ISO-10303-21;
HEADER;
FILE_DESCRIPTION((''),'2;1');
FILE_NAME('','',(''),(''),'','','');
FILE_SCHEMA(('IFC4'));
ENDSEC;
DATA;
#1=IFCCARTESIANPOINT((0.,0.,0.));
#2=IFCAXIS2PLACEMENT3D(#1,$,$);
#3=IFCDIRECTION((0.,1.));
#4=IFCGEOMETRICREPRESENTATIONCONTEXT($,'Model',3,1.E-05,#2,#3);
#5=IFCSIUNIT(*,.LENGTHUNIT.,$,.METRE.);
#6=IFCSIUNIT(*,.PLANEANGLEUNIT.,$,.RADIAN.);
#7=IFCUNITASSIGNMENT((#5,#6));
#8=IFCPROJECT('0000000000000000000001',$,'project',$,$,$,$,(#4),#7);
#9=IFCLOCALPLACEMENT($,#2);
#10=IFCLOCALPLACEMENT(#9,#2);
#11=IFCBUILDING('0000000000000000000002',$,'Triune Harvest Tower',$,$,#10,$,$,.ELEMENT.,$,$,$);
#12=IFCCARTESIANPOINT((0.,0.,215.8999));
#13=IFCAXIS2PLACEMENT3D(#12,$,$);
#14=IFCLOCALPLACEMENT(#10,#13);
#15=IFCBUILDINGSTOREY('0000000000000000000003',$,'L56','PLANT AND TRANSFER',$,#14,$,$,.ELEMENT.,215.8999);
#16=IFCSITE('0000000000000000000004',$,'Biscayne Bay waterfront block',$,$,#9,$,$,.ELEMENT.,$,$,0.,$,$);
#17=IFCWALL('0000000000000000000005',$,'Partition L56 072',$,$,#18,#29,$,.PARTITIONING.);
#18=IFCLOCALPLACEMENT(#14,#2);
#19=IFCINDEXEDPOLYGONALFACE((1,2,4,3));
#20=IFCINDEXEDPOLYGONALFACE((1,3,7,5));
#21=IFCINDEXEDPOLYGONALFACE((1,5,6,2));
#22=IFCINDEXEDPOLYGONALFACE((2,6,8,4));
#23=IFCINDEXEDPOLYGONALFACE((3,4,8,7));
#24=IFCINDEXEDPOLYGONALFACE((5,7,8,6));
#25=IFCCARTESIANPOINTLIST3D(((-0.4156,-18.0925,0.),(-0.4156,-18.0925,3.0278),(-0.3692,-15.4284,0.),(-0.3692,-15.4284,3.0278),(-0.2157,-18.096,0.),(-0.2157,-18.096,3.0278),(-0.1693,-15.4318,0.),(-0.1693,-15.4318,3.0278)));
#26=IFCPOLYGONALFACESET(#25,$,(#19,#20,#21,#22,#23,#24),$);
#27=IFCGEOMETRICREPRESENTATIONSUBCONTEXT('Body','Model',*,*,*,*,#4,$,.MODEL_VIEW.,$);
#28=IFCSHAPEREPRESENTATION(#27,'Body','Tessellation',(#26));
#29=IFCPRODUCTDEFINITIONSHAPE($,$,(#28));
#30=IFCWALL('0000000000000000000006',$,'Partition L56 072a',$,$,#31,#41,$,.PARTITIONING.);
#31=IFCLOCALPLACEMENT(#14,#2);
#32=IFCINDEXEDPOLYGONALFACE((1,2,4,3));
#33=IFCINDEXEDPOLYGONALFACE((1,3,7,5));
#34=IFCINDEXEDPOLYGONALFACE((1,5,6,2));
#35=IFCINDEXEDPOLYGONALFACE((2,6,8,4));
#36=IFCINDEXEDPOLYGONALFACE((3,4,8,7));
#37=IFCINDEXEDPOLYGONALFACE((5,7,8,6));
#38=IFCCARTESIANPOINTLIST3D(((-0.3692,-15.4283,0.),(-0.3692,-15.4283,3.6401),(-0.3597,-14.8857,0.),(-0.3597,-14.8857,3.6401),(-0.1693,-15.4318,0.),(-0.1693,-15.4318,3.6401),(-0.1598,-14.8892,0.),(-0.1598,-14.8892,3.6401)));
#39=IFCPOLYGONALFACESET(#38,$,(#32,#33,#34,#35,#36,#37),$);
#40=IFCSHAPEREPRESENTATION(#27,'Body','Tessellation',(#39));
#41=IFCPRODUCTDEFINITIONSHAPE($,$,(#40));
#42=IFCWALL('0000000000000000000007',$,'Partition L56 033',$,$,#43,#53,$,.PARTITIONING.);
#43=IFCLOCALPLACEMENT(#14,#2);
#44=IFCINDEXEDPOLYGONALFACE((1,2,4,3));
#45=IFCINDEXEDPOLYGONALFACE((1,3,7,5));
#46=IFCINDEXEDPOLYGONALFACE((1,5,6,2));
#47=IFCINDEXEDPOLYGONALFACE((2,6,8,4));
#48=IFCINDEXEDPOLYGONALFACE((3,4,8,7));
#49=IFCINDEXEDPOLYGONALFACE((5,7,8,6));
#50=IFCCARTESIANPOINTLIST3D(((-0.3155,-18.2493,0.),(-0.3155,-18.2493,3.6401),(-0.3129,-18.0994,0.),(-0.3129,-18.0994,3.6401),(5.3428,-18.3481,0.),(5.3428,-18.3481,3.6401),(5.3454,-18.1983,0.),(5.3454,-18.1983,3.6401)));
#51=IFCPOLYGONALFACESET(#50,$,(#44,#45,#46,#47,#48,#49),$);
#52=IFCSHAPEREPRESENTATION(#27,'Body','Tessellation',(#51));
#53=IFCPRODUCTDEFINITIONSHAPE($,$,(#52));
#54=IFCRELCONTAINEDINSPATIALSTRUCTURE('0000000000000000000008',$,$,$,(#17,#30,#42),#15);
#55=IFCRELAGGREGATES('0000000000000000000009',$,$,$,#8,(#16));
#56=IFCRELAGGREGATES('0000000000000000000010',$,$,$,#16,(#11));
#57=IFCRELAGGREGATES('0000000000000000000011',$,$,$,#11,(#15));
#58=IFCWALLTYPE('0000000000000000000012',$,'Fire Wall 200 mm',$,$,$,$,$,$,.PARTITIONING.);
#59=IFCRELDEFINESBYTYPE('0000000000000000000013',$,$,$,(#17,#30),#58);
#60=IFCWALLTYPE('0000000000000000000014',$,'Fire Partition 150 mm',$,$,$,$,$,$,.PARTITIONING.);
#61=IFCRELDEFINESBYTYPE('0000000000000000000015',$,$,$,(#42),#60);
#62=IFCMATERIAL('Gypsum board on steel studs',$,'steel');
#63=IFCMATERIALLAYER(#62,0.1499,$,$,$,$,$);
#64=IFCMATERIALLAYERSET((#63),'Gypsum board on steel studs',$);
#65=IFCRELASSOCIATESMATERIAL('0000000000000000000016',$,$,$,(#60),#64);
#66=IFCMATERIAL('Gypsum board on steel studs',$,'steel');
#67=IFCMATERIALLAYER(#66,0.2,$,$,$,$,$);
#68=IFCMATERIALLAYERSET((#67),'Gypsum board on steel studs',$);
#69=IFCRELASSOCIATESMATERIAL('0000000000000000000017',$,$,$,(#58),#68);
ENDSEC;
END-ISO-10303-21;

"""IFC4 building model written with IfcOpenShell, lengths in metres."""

from ifc_helpers import new_model, si_unit, direction, frame, frame_2d, origin, place, context, subcontext, project, spatial, rectangle, extrude, source, transform, mapped, material, layer, layer_set, type_object, element, save


model = new_model("IFC4")

# Units and contexts
model_context = context("Model", 3, precision=1e-05, world=origin(), true_north=direction((0.0, 1.0)))
body_context = subcontext(model_context, "Body", "Model", "MODEL_VIEW")
ifc_project = project(units=[si_unit("LENGTHUNIT", "METRE"), si_unit("PLANEANGLEUNIT", "RADIAN")], contexts=[model_context])

# Site, building, storey
site_placement = place(None, origin())
site = spatial("IfcSite", under=ifc_project, at=site_placement, Name="Biscayne Bay waterfront block", CompositionType="ELEMENT", RefElevation=0.0)
building_placement = place(site_placement, origin())
building = spatial("IfcBuilding", under=site, at=building_placement, Name="Triune Harvest Tower", CompositionType="ELEMENT")
storey_placement = place(building_placement, frame((0.0, 0.0, 215.8999)))
storey = spatial("IfcBuildingStorey", under=building, at=storey_placement, Name="L56", Description="PLANT AND TRANSFER", CompositionType="ELEMENT", Elevation=215.8999)

# Shared definitions
ifc_material_1 = material(Name="Gypsum board on steel studs", Category="steel")
ifc_layer_1 = layer(ifc_material_1, 0.1499)
ifc_layer_set_1 = layer_set([ifc_layer_1], Name="Gypsum board on steel studs")
wall_type_1 = type_object("IfcWallType", Name="Fire Partition 150 mm", PredefinedType="PARTITIONING", material=ifc_layer_set_1)

# Walls
ifc_material_2 = material(Name="Gypsum board on steel studs", Category="steel")
ifc_layer_2 = layer(ifc_material_2, 0.2)
ifc_layer_set_2 = layer_set([ifc_layer_2], Name="Gypsum board on steel studs")
wall_type_2 = type_object("IfcWallType", Name="Fire Wall 200 mm", PredefinedType="PARTITIONING", material=ifc_layer_set_2)
wall_1_placement = place(storey_placement, frame((-0.3157, -18.0942, 0.0), z_axis=(0.0, 0.0, 1.0), x_axis=(0.017409, 0.999848, 0.0)))
element("IfcWall", 1, at=wall_1_placement, inside=storey, type_object=wall_type_2, Name="Partition L56 072", PredefinedType="PARTITIONING", context=body_context, shape_type="SweptSolid", body=[
    extrude(rectangle(XDim=2.6646, YDim=0.2, at=frame_2d((1.3323, 0.0))), origin(), (0.0, 0.0, 1.0), 3.0278),
])
wall_2_placement = place(storey_placement, frame((-0.2693, -15.4302, 0.0), z_axis=(0.0, 0.0, 1.0), x_axis=(0.017541, 0.999846, 0.0)))
element("IfcWall", 2, at=wall_2_placement, inside=storey, type_object=wall_type_2, Name="Partition L56 072a", PredefinedType="PARTITIONING", context=body_context, shape_type="SweptSolid", body=[
    extrude(rectangle(XDim=0.5427, YDim=0.2, at=frame_2d((0.2715, 0.0))), origin(), (0.0, 0.0, 1.0), 3.6401),
])
shared_shape_1 = source(origin(), body_context, "Body", "SweptSolid", [
    extrude(rectangle(XDim=5.6592, YDim=0.1499, at=frame_2d((2.8296, 0.0))), origin(), (0.0, 0.0, 1.0), 3.6401),
])
wall_3_placement = place(storey_placement, frame((-0.3142, -18.1743, 0.0), z_axis=(0.0, 0.0, 1.0), x_axis=(0.999847, -0.017472, 0.0)))
element("IfcWall", 3, at=wall_3_placement, inside=storey, type_object=wall_type_1, Name="Partition L56 033", PredefinedType="PARTITIONING", context=body_context, shape_type="MappedRepresentation", body=[
    mapped(shared_shape_1, transform((0.0, 0.0, 0.0), scale=1.0)),
])

save(model, "model.ifc")
